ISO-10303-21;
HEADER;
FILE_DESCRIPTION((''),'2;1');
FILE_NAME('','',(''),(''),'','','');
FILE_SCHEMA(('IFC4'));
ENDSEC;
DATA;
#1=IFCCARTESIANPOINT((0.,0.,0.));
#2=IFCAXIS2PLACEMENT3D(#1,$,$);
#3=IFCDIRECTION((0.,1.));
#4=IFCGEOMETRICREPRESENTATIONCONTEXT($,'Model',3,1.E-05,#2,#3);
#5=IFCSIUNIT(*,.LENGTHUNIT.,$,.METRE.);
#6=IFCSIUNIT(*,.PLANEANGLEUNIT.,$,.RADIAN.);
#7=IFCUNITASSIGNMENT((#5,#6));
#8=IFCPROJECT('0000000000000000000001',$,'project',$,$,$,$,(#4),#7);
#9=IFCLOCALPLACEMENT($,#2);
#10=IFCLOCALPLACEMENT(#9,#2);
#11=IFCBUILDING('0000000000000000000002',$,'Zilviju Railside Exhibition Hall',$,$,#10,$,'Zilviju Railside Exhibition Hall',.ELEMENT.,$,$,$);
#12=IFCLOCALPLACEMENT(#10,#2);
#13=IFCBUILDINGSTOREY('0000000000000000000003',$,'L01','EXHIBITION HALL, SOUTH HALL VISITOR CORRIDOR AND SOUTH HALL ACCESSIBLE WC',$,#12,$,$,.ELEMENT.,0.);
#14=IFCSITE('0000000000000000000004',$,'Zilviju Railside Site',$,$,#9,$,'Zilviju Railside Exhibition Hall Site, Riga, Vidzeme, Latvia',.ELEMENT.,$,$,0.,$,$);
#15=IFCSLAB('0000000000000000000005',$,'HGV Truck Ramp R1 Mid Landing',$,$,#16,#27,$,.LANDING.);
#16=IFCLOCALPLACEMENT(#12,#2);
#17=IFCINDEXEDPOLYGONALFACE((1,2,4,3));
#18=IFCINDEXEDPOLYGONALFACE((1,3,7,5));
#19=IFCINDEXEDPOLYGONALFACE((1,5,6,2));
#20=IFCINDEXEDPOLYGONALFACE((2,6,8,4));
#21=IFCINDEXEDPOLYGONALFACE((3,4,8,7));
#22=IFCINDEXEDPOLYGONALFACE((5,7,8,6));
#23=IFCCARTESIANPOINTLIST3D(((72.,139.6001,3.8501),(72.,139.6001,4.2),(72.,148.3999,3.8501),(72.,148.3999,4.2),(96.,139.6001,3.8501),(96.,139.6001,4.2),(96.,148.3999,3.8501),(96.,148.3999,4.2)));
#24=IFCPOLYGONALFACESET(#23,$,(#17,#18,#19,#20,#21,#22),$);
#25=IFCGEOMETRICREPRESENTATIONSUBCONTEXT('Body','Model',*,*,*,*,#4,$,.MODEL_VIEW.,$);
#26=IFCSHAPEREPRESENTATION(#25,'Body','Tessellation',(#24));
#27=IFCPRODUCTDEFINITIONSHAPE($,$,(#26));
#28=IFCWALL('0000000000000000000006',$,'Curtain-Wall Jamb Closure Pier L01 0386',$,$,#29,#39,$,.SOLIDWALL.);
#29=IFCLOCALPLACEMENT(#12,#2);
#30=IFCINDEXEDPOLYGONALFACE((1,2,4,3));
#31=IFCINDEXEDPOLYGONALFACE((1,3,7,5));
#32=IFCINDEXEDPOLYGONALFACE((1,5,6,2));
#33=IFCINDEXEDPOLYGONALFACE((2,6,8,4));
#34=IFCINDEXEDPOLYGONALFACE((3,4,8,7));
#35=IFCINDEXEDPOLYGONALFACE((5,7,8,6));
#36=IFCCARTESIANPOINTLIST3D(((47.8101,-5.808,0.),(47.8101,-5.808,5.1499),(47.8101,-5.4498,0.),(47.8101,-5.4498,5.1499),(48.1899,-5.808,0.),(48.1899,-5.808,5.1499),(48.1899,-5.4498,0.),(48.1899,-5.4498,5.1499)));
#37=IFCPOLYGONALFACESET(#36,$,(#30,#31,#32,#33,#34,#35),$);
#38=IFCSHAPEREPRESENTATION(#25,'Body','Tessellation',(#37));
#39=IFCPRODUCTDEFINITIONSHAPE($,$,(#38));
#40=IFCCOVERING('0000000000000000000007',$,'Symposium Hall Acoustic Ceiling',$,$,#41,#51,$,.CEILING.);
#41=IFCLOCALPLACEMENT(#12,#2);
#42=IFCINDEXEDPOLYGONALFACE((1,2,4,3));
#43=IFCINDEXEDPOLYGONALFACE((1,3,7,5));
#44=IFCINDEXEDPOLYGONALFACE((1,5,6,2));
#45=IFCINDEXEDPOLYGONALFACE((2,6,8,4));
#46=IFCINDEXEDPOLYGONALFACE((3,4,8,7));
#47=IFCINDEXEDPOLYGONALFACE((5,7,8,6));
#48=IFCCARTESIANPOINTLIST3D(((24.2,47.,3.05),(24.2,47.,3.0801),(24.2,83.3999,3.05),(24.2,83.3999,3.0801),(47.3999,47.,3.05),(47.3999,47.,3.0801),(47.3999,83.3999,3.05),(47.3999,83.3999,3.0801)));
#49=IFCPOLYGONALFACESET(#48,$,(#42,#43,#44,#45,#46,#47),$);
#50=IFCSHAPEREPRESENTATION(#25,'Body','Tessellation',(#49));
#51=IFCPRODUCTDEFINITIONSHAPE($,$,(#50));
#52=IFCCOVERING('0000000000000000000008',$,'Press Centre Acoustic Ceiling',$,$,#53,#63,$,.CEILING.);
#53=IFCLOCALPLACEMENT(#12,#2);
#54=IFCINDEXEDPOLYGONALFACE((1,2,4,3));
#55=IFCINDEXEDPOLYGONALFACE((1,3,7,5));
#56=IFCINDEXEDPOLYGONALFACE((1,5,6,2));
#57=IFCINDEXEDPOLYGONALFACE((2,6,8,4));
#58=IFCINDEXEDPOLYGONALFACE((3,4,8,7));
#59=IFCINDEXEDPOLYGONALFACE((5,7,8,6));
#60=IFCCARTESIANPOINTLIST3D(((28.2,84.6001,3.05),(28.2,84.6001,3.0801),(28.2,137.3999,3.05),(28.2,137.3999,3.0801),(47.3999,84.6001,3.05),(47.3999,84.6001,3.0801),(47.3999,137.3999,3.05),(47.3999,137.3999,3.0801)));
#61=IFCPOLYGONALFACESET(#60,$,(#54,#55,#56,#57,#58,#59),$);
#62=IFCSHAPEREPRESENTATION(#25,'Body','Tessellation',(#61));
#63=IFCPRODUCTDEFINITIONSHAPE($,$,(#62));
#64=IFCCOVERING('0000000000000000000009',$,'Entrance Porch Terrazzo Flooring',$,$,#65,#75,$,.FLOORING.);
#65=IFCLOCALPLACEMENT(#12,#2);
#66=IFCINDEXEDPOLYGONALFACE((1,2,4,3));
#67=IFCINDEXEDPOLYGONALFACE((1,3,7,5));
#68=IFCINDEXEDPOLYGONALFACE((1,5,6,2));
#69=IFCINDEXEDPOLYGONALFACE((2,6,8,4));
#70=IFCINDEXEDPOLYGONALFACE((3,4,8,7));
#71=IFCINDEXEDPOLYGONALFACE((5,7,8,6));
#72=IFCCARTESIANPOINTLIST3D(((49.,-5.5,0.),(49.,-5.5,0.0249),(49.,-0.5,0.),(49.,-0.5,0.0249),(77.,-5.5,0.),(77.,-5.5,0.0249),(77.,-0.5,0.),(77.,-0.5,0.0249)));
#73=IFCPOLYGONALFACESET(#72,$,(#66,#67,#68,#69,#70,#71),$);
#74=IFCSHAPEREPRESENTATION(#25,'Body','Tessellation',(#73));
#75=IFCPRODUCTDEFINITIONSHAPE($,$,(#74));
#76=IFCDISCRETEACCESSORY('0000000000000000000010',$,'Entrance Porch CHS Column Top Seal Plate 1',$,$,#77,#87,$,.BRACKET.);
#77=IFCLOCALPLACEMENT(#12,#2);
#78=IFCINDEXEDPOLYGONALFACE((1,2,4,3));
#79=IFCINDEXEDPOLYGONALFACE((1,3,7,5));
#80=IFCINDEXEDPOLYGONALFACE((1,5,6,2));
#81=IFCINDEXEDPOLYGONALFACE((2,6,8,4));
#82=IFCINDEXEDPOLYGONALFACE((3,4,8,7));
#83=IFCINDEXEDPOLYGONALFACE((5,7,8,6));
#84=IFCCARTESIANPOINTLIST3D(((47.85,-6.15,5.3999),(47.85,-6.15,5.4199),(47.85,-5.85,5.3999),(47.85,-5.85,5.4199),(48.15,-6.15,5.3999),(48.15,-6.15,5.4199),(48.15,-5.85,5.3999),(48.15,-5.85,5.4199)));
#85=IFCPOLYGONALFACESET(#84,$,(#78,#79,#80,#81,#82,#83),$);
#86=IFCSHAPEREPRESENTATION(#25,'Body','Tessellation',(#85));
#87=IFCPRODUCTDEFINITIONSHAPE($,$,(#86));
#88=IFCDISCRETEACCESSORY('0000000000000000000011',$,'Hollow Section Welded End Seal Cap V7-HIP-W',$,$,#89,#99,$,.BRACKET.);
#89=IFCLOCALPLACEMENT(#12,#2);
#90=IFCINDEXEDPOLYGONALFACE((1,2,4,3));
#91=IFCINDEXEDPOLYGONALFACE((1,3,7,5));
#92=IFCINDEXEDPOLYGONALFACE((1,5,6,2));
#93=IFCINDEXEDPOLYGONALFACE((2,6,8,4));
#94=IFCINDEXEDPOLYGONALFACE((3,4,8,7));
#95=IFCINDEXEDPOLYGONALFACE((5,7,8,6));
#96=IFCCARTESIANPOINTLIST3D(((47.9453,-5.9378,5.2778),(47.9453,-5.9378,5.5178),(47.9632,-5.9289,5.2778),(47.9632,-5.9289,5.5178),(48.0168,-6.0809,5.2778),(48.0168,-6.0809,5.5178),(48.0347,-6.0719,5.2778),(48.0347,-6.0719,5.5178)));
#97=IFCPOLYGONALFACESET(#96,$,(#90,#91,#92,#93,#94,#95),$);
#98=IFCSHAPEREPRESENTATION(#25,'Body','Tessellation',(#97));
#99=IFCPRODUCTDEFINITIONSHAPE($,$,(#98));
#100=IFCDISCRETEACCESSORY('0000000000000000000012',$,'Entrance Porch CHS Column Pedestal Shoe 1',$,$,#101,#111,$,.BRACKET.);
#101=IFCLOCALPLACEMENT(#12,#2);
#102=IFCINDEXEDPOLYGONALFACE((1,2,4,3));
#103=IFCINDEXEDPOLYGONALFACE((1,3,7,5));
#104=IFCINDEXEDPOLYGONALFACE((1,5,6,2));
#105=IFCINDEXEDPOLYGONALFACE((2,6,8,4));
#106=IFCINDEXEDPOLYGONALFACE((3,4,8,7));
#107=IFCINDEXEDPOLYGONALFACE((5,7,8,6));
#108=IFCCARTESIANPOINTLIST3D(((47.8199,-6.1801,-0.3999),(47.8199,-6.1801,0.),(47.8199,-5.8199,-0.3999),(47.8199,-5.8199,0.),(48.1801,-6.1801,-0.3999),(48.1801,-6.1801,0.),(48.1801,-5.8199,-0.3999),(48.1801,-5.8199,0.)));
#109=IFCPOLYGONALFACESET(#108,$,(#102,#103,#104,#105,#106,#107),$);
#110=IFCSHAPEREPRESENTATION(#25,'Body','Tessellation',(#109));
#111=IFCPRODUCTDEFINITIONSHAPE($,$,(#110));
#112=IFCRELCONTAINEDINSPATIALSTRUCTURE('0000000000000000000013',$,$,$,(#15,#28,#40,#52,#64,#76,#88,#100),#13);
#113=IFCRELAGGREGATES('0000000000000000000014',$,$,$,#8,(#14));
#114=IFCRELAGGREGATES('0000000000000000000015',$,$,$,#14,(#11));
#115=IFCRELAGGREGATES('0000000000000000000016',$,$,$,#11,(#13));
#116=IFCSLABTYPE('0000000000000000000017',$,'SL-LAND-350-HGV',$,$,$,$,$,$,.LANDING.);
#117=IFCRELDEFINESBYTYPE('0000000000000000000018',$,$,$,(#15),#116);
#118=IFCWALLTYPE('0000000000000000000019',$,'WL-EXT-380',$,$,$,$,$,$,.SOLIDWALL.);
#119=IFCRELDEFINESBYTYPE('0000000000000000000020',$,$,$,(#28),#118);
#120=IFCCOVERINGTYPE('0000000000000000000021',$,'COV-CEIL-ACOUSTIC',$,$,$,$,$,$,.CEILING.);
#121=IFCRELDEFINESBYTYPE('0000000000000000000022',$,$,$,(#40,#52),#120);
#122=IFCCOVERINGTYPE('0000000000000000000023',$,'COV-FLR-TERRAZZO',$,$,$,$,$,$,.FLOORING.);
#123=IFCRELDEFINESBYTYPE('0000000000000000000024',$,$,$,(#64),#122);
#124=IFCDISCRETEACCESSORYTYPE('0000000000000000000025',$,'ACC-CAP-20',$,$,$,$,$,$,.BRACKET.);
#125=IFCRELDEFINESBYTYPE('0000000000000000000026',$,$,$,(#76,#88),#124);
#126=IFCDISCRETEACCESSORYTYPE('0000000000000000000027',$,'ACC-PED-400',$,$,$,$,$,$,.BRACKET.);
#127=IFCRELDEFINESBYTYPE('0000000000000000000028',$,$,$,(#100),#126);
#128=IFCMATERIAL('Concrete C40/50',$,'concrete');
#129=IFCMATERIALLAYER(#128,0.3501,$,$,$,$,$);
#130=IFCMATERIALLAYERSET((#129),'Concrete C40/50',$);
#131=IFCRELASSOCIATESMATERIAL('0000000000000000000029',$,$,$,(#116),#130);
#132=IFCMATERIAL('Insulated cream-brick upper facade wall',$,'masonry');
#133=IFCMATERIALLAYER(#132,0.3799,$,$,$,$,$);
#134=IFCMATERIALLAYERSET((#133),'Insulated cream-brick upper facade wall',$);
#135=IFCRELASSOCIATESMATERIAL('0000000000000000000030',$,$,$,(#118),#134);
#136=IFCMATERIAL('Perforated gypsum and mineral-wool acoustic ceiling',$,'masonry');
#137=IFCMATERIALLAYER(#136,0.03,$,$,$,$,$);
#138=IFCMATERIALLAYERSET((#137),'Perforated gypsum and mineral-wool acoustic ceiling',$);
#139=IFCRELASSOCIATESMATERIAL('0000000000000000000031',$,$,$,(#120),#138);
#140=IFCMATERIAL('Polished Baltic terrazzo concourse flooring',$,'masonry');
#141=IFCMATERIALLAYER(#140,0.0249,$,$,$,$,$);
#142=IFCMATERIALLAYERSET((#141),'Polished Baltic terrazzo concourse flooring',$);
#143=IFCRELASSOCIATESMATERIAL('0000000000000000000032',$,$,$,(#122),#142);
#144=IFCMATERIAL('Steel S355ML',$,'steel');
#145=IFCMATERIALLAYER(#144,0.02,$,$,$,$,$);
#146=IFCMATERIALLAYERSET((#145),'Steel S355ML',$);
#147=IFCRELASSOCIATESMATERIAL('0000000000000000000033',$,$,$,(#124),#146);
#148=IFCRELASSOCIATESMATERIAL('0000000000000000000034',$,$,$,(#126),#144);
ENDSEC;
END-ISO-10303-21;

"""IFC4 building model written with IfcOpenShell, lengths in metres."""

from ifc_helpers import new_model, si_unit, direction, frame, frame_2d, origin, origin_2d, place, context, subcontext, project, spatial, polyline, rectangle, outline, extrude, material, layer, layer_set, type_object, element, save


model = new_model("IFC4")

# Units and contexts
model_context = context("Model", 3, precision=1e-05, world=origin(), true_north=direction((0.0, 1.0)))
body_context = subcontext(model_context, "Body", "Model", "MODEL_VIEW")
ifc_project = project(units=[si_unit("LENGTHUNIT", "METRE"), si_unit("PLANEANGLEUNIT", "RADIAN")], contexts=[model_context])

# Site, building, storey
site_placement = place(None, origin())
site = spatial("IfcSite", under=ifc_project, at=site_placement, Name="Zilviju Railside Site", LongName="Zilviju Railside Exhibition Hall Site, Riga, Vidzeme, Latvia", CompositionType="ELEMENT", RefElevation=0.0)
building_placement = place(site_placement, origin())
building = spatial("IfcBuilding", under=site, at=building_placement, Name="Zilviju Railside Exhibition Hall", LongName="Zilviju Railside Exhibition Hall", CompositionType="ELEMENT")
storey_placement = place(building_placement, origin())
storey = spatial("IfcBuildingStorey", under=building, at=storey_placement, Name="L01", Description="EXHIBITION HALL, SOUTH HALL VISITOR CORRIDOR AND SOUTH HALL ACCESSIBLE WC", CompositionType="ELEMENT", Elevation=0.0)

# Shared definitions
ifc_material_1 = material(Name="Steel S355ML", Category="steel")

# Slab
ifc_material_2 = material(Name="Concrete C40/50", Category="concrete")
ifc_layer_1 = layer(ifc_material_2, 0.3501)
ifc_layer_set_1 = layer_set([ifc_layer_1], Name="Concrete C40/50")
slab_type_1 = type_object("IfcSlabType", Name="SL-LAND-350-HGV", PredefinedType="LANDING", material=ifc_layer_set_1)
slab_1_placement = place(storey_placement, frame((0.0, 0.0, 3.8501)))
element("IfcSlab", 1, at=slab_1_placement, inside=storey, type_object=slab_type_1, Name="HGV Truck Ramp R1 Mid Landing", PredefinedType="LANDING", context=body_context, shape_type="SweptSolid", body=[
    extrude(outline(polyline([(72.0, 139.6001), (96.0, 139.6001), (96.0, 148.3999), (72.0, 148.3999), (72.0, 139.6001)])), origin(), (0.0, 0.0, 1.0), 0.3499),
])

# Wall
ifc_material_3 = material(Name="Insulated cream-brick upper facade wall", Category="masonry")
ifc_layer_2 = layer(ifc_material_3, 0.3799)
ifc_layer_set_2 = layer_set([ifc_layer_2], Name="Insulated cream-brick upper facade wall")
wall_type = type_object("IfcWallType", Name="WL-EXT-380", PredefinedType="SOLIDWALL", material=ifc_layer_set_2)
wall_placement = place(storey_placement, frame((48.0, -5.8081, 0.0), z_axis=(0.0, 0.0, 1.0), x_axis=(0.0, 1.0, 0.0)))
element("IfcWall", 2, at=wall_placement, inside=storey, type_object=wall_type, Name="Curtain-Wall Jamb Closure Pier L01 0386", PredefinedType="SOLIDWALL", context=body_context, shape_type="SweptSolid", body=[
    extrude(rectangle(XDim=0.3582, YDim=0.3799, at=frame_2d((0.1792, 0.0))), origin(), (0.0, 0.0, 1.0), 5.1499),
])

# Coverings
ifc_material_4 = material(Name="Perforated gypsum and mineral-wool acoustic ceiling", Category="masonry")
ifc_layer_3 = layer(ifc_material_4, 0.03)
ifc_layer_set_3 = layer_set([ifc_layer_3], Name="Perforated gypsum and mineral-wool acoustic ceiling")
covering_type_1 = type_object("IfcCoveringType", Name="COV-CEIL-ACOUSTIC", PredefinedType="CEILING", material=ifc_layer_set_3)
covering_1_placement = place(storey_placement, frame((0.0, 0.0, 3.05)))
element("IfcCovering", 3, at=covering_1_placement, inside=storey, type_object=covering_type_1, Name="Symposium Hall Acoustic Ceiling", PredefinedType="CEILING", context=body_context, shape_type="SweptSolid", body=[
    extrude(outline(polyline([(24.2, 47.0), (47.3999, 47.0), (47.3999, 83.3999), (24.2, 83.3999), (24.2, 47.0)])), origin(), (0.0, 0.0, 1.0), 0.03),
])
covering_2_placement = place(storey_placement, frame((0.0, 0.0, 3.05)))
element("IfcCovering", 4, at=covering_2_placement, inside=storey, type_object=covering_type_1, Name="Press Centre Acoustic Ceiling", PredefinedType="CEILING", context=body_context, shape_type="SweptSolid", body=[
    extrude(outline(polyline([(28.2, 84.6001), (47.3999, 84.6001), (47.3999, 137.3999), (28.2, 137.3999), (28.2, 84.6001)])), origin(), (0.0, 0.0, 1.0), 0.03),
])
ifc_material_5 = material(Name="Polished Baltic terrazzo concourse flooring", Category="masonry")
ifc_layer_4 = layer(ifc_material_5, 0.0249)
ifc_layer_set_4 = layer_set([ifc_layer_4], Name="Polished Baltic terrazzo concourse flooring")
covering_type_2 = type_object("IfcCoveringType", Name="COV-FLR-TERRAZZO", PredefinedType="FLOORING", material=ifc_layer_set_4)
covering_3_placement = place(storey_placement, origin())
element("IfcCovering", 5, at=covering_3_placement, inside=storey, type_object=covering_type_2, Name="Entrance Porch Terrazzo Flooring", PredefinedType="FLOORING", context=body_context, shape_type="SweptSolid", body=[
    extrude(outline(polyline([(49.0, -5.5), (77.0, -5.5), (77.0, -0.5), (49.0, -0.5), (49.0, -5.5)])), origin(), (0.0, 0.0, 1.0), 0.0249),
])

# Discrete accessories
ifc_layer_5 = layer(ifc_material_1, 0.02)
ifc_layer_set_5 = layer_set([ifc_layer_5], Name="Steel S355ML")
discrete_accessory_type_1 = type_object("IfcDiscreteAccessoryType", Name="ACC-CAP-20", PredefinedType="BRACKET", material=ifc_layer_set_5)
discrete_accessory_1_placement = place(storey_placement, frame((48.0, -6.0, 5.3999), z_axis=(0.0, 0.0, 1.0), x_axis=(1.0, 0.0, 0.0)))
element("IfcDiscreteAccessory", 6, at=discrete_accessory_1_placement, inside=storey, type_object=discrete_accessory_type_1, Name="Entrance Porch CHS Column Top Seal Plate 1", PredefinedType="BRACKET", context=body_context, shape_type="SweptSolid", body=[
    extrude(rectangle(XDim=0.3, YDim=0.3, at=origin_2d()), origin(), (0.0, 0.0, 1.0), 0.02),
])
discrete_accessory_2_placement = place(storey_placement, frame((47.99, -6.0049, 5.2778), z_axis=(0.0, 0.0, 1.0), x_axis=(0.894389, 0.447291, 0.0)))
element("IfcDiscreteAccessory", 7, at=discrete_accessory_2_placement, inside=storey, type_object=discrete_accessory_type_1, Name="Hollow Section Welded End Seal Cap V7-HIP-W", PredefinedType="BRACKET", context=body_context, shape_type="SweptSolid", body=[
    extrude(rectangle(XDim=0.02, YDim=0.1599, at=origin_2d()), origin(), (0.0, 0.0, 1.0), 0.24),
])
discrete_accessory_type_2 = type_object("IfcDiscreteAccessoryType", Name="ACC-PED-400", PredefinedType="BRACKET", material=ifc_material_1)
discrete_accessory_3_placement = place(storey_placement, frame((48.0, -6.0, -0.3999), z_axis=(0.0, 0.0, 1.0), x_axis=(1.0, 0.0, 0.0)))
element("IfcDiscreteAccessory", 8, at=discrete_accessory_3_placement, inside=storey, type_object=discrete_accessory_type_2, Name="Entrance Porch CHS Column Pedestal Shoe 1", PredefinedType="BRACKET", context=body_context, shape_type="SweptSolid", body=[
    extrude(rectangle(XDim=0.3601, YDim=0.3601, at=origin_2d()), origin(), (0.0, 0.0, 1.0), 0.3999),
])

save(model, "model.ifc")
